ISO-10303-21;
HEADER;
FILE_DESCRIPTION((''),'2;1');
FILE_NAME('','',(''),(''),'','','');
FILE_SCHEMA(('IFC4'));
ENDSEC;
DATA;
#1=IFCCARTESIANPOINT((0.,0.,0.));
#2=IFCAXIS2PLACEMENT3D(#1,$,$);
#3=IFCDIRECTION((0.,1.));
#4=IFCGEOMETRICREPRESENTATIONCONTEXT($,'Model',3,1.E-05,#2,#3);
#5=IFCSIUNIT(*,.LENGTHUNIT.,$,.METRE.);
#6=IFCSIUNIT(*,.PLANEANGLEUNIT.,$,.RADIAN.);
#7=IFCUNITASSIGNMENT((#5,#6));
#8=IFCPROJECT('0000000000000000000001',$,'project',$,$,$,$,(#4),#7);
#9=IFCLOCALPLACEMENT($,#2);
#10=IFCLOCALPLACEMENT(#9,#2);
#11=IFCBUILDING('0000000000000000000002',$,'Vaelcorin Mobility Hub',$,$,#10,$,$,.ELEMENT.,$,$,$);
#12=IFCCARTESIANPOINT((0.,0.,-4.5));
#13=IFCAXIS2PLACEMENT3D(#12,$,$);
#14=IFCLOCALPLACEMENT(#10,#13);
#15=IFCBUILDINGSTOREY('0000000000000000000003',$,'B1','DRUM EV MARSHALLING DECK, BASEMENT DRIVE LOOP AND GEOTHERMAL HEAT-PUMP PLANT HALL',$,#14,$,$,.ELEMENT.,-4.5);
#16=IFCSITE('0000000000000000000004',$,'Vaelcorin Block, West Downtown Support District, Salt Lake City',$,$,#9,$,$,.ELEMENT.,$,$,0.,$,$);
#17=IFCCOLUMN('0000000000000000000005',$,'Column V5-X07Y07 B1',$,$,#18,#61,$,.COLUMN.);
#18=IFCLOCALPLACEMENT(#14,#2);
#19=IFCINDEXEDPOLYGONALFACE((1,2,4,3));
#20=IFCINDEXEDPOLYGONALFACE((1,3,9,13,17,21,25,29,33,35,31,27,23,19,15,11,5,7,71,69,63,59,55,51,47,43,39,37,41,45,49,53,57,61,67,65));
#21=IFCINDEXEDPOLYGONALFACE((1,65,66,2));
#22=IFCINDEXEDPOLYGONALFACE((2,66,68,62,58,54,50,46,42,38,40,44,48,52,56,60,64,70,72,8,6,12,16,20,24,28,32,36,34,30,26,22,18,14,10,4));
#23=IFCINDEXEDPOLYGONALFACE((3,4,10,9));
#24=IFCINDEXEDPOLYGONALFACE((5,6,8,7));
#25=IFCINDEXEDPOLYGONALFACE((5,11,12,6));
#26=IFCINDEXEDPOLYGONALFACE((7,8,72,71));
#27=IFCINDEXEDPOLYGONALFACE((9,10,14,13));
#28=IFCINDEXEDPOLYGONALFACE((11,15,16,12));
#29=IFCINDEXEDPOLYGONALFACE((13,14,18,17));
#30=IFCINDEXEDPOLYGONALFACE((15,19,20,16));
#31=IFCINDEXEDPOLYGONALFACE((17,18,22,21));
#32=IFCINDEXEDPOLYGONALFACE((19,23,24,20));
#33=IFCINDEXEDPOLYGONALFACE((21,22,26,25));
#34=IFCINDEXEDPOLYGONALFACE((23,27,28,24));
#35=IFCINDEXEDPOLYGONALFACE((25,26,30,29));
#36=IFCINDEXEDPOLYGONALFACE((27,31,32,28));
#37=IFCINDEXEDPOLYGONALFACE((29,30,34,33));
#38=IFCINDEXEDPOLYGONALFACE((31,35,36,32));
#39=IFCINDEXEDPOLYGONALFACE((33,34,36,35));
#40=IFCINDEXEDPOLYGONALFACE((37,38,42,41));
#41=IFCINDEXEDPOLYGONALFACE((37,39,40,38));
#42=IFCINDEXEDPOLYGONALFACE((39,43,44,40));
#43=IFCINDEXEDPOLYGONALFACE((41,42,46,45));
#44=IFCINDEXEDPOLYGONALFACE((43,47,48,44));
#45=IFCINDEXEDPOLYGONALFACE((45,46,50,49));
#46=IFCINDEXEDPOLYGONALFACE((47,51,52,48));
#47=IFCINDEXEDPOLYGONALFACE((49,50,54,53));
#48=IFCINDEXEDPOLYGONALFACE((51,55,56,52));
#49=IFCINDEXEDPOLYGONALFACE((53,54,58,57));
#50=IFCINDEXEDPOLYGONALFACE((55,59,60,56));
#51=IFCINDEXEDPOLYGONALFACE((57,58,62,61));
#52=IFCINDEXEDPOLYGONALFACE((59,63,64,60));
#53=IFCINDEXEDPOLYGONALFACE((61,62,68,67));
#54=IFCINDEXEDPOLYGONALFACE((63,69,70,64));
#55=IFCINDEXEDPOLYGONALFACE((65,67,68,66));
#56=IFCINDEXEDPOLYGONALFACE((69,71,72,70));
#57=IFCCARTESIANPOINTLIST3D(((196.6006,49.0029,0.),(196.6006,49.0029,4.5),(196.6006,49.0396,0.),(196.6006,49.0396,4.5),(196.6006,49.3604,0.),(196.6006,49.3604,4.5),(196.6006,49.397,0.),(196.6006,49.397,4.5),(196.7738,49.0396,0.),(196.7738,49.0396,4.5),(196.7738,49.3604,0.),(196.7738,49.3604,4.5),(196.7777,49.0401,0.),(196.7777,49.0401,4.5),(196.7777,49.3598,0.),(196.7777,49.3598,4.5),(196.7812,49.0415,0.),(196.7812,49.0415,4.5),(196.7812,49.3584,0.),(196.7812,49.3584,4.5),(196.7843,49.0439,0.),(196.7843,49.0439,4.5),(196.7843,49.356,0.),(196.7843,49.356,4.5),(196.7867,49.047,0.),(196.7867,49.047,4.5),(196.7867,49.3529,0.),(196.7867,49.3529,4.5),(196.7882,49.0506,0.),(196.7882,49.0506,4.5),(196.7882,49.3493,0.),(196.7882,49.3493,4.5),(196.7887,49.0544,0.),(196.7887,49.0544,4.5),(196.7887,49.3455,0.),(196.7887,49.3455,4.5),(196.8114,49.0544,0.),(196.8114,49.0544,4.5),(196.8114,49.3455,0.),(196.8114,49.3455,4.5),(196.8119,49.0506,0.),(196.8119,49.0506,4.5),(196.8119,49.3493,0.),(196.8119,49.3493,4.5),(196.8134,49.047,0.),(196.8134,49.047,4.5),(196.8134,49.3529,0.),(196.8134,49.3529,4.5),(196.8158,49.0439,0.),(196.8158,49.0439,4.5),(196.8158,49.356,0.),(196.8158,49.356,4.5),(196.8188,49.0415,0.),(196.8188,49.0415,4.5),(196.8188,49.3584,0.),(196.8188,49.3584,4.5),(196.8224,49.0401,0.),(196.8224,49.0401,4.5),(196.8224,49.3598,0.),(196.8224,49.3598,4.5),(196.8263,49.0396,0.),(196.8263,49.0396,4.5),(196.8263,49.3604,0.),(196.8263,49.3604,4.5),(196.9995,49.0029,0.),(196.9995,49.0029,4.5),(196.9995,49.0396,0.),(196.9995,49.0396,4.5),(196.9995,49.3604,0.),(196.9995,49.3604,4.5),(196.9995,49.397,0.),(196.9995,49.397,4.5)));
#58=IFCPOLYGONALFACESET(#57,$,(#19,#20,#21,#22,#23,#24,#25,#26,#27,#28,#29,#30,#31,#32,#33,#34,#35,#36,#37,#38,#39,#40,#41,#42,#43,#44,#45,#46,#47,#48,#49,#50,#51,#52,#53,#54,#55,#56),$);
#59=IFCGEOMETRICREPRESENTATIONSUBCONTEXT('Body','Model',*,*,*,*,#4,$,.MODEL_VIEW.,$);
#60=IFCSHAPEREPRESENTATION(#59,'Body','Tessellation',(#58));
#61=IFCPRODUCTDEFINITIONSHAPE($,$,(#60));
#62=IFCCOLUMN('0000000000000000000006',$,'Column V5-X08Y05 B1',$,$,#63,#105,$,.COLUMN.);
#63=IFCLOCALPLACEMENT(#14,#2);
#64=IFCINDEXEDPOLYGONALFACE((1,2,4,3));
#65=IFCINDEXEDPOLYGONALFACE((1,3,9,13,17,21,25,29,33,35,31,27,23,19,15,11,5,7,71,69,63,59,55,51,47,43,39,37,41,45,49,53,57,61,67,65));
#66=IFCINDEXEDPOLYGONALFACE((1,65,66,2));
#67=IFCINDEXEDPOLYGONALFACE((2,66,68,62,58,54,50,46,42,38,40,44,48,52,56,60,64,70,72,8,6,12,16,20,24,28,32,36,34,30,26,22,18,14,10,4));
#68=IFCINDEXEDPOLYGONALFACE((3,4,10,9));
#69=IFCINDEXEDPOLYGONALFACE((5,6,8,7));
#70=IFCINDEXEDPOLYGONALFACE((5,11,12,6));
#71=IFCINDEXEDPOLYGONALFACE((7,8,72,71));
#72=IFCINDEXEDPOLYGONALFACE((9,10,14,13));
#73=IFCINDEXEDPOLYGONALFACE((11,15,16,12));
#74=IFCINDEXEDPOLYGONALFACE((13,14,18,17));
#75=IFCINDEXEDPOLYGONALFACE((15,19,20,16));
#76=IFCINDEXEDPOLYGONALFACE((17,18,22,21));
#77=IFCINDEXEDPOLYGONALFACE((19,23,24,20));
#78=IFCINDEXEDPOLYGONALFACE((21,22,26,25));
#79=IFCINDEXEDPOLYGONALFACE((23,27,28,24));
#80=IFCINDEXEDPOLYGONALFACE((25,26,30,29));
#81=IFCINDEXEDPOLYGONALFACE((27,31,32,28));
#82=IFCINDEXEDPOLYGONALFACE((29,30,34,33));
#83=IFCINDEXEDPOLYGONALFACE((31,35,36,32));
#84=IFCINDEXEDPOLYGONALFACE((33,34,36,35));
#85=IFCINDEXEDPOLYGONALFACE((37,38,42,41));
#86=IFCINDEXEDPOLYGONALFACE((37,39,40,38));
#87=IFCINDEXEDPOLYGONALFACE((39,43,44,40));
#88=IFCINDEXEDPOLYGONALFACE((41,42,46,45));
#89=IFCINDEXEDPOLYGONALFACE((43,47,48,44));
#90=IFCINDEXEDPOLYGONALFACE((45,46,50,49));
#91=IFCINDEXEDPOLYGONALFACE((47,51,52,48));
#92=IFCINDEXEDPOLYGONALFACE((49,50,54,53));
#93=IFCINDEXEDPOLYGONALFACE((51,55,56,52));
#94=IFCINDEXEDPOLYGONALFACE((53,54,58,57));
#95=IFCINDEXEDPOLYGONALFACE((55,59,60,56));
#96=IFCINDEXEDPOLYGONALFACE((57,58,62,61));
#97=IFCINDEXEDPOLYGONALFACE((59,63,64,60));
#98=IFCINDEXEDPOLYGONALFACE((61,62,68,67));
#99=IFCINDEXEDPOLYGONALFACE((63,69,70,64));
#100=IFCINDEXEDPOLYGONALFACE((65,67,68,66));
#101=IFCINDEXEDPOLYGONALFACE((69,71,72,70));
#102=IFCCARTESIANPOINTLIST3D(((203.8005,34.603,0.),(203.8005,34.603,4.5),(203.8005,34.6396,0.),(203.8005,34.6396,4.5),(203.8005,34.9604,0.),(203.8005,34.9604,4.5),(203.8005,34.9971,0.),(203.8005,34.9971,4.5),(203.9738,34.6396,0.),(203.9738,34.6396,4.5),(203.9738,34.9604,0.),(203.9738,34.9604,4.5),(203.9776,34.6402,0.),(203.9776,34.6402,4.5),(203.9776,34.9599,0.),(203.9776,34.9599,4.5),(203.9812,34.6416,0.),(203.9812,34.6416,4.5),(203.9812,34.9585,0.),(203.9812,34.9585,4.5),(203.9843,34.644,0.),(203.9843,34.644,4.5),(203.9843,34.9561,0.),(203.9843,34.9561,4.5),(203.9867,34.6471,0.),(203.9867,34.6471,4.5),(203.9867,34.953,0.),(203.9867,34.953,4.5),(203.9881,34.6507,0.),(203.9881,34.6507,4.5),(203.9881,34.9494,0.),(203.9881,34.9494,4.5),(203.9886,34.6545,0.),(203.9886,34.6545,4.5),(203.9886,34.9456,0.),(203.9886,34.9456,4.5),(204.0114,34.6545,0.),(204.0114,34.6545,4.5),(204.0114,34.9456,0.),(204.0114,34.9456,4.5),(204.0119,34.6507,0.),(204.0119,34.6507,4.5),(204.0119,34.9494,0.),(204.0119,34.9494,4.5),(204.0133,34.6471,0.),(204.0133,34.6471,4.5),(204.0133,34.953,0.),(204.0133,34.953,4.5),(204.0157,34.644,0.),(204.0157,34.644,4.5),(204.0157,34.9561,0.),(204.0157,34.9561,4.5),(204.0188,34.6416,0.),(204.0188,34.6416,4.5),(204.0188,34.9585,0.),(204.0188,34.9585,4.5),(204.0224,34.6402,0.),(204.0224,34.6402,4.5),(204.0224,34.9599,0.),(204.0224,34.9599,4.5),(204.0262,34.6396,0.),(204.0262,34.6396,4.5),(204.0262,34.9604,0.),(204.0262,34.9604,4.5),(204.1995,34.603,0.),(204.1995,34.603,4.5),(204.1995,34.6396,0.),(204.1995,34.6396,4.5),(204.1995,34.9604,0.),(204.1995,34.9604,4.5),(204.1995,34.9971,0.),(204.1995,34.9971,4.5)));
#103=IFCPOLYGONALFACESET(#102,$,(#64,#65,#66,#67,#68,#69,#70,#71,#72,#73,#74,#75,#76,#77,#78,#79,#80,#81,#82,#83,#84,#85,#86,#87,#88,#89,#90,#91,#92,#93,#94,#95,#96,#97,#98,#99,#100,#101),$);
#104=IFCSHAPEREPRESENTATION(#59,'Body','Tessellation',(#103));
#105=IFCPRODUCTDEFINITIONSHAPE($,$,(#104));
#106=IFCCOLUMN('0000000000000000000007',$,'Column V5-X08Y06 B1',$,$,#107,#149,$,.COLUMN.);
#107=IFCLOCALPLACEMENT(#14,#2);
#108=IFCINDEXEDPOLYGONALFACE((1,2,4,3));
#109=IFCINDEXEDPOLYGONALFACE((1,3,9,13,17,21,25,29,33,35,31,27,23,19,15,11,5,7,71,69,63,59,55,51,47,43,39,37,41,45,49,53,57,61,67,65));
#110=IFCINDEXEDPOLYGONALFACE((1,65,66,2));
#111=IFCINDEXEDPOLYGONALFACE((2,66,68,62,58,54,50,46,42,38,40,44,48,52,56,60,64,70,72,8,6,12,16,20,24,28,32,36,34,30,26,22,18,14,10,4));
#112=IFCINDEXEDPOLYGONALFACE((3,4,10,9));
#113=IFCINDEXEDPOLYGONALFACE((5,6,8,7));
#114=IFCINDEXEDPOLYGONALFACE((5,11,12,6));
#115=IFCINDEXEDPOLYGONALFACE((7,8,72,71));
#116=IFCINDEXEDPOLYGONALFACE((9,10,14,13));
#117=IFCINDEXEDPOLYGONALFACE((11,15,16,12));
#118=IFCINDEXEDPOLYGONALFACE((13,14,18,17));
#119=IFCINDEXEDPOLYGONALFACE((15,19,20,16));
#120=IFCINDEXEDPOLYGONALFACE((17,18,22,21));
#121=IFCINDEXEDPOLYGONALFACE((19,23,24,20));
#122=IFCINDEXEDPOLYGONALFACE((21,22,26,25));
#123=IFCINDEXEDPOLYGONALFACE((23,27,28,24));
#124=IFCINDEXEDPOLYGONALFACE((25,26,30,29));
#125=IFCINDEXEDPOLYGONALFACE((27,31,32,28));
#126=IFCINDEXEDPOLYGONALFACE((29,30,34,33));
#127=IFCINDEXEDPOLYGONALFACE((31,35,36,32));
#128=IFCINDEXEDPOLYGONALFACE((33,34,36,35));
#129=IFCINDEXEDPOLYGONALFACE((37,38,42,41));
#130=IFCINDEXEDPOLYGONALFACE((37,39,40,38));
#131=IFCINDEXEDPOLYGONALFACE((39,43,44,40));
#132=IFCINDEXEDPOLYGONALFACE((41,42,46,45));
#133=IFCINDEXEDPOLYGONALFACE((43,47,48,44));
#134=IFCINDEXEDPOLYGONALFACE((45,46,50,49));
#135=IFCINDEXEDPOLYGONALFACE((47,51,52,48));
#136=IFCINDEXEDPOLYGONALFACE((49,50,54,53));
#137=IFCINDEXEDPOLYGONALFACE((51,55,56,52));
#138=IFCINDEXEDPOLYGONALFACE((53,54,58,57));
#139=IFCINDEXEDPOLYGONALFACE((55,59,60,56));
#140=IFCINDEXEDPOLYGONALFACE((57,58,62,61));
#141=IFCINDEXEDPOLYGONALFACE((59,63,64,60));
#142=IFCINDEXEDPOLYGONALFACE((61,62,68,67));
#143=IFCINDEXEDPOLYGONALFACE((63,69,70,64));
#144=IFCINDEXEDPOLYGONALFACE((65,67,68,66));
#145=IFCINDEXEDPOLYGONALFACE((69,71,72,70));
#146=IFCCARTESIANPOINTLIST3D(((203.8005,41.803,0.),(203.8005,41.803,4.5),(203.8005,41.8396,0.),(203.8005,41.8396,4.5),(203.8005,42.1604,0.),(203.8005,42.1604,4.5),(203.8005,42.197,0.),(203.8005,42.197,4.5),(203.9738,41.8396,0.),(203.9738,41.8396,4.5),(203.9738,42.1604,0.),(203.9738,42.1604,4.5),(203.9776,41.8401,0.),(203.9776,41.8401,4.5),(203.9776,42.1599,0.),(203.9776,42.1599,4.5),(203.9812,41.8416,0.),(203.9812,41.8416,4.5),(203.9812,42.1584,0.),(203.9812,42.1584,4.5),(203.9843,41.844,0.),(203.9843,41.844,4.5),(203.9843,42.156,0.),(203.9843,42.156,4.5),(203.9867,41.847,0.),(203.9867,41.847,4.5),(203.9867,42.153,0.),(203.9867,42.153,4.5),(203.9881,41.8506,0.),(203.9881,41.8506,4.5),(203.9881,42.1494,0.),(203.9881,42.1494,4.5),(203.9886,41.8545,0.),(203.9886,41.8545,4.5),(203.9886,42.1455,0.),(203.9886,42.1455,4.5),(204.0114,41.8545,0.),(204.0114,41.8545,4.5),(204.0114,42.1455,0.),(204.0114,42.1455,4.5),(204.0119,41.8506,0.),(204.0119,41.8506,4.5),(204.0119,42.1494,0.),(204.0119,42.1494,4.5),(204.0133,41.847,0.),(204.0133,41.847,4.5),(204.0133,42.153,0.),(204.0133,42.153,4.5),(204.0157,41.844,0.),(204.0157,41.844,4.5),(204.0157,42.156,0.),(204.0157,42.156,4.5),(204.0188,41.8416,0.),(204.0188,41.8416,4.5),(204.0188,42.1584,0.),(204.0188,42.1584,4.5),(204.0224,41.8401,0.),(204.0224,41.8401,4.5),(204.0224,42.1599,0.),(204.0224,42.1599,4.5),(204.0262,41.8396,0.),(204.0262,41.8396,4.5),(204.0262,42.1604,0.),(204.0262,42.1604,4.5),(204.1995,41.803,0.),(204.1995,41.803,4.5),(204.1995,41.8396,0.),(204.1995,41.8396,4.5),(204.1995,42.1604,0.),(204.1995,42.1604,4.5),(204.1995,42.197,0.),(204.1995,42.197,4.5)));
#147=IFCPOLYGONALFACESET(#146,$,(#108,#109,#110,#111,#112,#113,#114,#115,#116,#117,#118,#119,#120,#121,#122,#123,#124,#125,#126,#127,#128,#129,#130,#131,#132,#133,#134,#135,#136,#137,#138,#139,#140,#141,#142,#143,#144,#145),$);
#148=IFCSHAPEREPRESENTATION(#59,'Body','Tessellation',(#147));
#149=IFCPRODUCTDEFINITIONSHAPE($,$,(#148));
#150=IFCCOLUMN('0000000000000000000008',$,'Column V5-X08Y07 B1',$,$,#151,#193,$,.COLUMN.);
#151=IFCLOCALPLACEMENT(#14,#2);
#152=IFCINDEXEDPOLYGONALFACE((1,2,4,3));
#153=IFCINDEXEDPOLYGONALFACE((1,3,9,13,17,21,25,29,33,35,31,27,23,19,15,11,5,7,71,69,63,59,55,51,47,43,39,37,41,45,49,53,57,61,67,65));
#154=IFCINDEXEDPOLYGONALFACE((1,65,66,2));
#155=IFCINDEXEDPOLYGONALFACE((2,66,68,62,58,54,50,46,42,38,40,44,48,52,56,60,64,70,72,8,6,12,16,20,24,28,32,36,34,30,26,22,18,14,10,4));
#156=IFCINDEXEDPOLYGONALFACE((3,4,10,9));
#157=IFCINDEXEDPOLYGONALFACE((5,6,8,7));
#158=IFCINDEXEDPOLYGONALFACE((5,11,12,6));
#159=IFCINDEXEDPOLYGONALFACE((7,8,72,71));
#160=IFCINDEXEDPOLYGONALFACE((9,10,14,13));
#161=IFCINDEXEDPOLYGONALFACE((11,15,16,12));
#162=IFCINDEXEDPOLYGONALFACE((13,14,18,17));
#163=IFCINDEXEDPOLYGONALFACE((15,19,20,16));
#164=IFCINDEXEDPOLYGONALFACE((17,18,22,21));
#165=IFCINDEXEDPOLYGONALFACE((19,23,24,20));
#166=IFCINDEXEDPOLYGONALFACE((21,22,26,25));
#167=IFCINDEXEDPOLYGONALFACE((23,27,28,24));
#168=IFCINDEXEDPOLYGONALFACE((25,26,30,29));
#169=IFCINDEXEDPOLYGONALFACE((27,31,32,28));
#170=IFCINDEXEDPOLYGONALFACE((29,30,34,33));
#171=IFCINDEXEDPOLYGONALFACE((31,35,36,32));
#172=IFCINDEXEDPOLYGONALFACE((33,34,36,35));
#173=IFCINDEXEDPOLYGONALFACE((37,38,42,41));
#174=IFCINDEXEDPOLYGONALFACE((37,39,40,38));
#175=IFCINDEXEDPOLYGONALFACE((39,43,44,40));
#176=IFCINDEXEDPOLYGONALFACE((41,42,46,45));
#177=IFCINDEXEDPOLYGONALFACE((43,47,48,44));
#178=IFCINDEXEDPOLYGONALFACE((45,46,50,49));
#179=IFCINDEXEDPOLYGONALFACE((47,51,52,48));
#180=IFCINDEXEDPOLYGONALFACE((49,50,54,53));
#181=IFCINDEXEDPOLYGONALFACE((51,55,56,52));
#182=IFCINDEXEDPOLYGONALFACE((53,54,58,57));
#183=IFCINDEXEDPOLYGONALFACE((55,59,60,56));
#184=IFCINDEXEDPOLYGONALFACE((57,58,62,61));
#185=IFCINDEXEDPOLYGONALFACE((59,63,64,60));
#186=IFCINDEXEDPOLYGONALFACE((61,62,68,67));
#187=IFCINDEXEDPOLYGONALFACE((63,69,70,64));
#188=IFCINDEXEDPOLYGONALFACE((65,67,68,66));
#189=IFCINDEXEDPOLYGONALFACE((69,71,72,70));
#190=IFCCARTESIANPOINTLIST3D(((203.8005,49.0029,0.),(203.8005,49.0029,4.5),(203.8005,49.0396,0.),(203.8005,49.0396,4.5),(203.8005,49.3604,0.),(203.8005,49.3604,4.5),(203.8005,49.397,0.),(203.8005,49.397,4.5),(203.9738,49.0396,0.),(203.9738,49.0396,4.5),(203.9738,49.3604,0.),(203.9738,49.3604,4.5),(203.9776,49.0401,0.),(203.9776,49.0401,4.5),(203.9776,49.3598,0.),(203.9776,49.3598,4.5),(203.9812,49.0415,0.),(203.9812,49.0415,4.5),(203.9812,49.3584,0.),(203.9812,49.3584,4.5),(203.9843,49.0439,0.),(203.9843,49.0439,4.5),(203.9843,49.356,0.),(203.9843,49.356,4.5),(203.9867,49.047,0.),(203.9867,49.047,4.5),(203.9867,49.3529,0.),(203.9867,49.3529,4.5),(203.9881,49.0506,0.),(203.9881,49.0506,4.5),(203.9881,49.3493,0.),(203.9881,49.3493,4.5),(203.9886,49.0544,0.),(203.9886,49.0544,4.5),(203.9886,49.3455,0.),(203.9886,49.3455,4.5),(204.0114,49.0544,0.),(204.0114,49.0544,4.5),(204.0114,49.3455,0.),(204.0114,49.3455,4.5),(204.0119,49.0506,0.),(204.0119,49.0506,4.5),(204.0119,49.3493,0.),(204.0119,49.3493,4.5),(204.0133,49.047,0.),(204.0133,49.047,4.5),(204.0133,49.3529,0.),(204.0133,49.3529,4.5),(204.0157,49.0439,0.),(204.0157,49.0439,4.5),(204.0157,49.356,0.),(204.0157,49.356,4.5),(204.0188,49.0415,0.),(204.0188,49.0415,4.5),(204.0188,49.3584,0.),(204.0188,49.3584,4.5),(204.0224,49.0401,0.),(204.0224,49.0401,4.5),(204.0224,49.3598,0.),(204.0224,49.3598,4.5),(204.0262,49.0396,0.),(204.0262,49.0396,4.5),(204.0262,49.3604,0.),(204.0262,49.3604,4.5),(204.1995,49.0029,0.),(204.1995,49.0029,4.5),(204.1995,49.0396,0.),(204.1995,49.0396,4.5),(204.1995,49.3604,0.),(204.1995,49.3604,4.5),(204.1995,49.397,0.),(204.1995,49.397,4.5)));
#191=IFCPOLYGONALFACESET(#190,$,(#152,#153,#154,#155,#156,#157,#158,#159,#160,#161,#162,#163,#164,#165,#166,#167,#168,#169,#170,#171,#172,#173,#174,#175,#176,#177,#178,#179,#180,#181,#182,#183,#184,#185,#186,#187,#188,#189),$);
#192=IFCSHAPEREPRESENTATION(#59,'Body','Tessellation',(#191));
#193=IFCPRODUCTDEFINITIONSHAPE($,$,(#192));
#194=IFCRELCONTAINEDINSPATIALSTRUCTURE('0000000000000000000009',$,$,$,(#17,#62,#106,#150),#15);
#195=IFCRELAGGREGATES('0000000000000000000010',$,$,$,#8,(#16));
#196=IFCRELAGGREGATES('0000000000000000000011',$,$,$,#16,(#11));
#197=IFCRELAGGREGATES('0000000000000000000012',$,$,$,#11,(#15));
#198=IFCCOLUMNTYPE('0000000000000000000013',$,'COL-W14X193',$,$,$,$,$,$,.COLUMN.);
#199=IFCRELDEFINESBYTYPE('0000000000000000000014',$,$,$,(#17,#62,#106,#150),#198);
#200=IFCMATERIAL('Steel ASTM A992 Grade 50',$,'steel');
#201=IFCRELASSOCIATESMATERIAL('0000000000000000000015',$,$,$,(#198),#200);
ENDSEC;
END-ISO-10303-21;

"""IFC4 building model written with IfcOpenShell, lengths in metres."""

from ifc_helpers import new_model, si_unit, direction, frame, origin, origin_2d, place, context, subcontext, project, spatial, i_section, extrude, material, material_profile, profile_set, type_object, element, save


model = new_model("IFC4")

# Units and contexts
model_context = context("Model", 3, precision=1e-05, world=origin(), true_north=direction((0.0, 1.0)))
body_context = subcontext(model_context, "Body", "Model", "MODEL_VIEW")
ifc_project = project(units=[si_unit("LENGTHUNIT", "METRE"), si_unit("PLANEANGLEUNIT", "RADIAN")], contexts=[model_context])

# Site, building, storey
site_placement = place(None, origin())
site = spatial("IfcSite", under=ifc_project, at=site_placement, Name="Vaelcorin Block, West Downtown Support District, Salt Lake City", CompositionType="ELEMENT", RefElevation=0.0)
building_placement = place(site_placement, origin())
building = spatial("IfcBuilding", under=site, at=building_placement, Name="Vaelcorin Mobility Hub", CompositionType="ELEMENT")
storey_placement = place(building_placement, frame((0.0, 0.0, -4.5)))
storey = spatial("IfcBuildingStorey", under=building, at=storey_placement, Name="B1", Description="DRUM EV MARSHALLING DECK, BASEMENT DRIVE LOOP AND GEOTHERMAL HEAT-PUMP PLANT HALL", CompositionType="ELEMENT", Elevation=-4.5)

# Columns
ifc_material_1 = material(Name="Steel ASTM A992 Grade 50", Category="steel")
ifc_material_profile_1 = material_profile(ifc_material_1, i_section(OverallWidth=0.3989, OverallDepth=0.394, WebThickness=0.0227, FlangeThickness=0.0366, FilletRadius=0.0149, at=origin_2d()), Name="W14X193")
ifc_profile_set_1 = profile_set([ifc_material_profile_1], Name="Steel ASTM A992 Grade 50")
column_type = type_object("IfcColumnType", Name="COL-W14X193", PredefinedType="COLUMN", material=ifc_profile_set_1)
for number, where, z_axis, x_axis, name in (
    (1, (196.8, 49.2, 0.0), (0.0, 0.0, 1.0), (1.0, 0.0, 0.0), "Column V5-X07Y07 B1"),
    (2, (204.0, 34.8, 0.0), (0.0, 0.0, 1.0), (1.0, 0.0, 0.0), "Column V5-X08Y05 B1"),
    (3, (204.0, 42.0, 0.0), (0.0, 0.0, 1.0), (1.0, 0.0, 0.0), "Column V5-X08Y06 B1"),
    (4, (204.0, 49.2, 0.0), (0.0, 0.0, 1.0), (1.0, 0.0, 0.0), "Column V5-X08Y07 B1"),
):
    element("IfcColumn", number, at=place(storey_placement, frame(where, z_axis=z_axis, x_axis=x_axis)), inside=storey, type_object=column_type, Name=name, PredefinedType="COLUMN", context=body_context, shape_type="SweptSolid", body=[
        extrude(i_section(OverallWidth=0.3989, OverallDepth=0.394, WebThickness=0.0227, FlangeThickness=0.0366, FilletRadius=0.0149, at=origin_2d()), origin(), (0.0, 0.0, 1.0), 4.5),
    ])

save(model, "model.ifc")
